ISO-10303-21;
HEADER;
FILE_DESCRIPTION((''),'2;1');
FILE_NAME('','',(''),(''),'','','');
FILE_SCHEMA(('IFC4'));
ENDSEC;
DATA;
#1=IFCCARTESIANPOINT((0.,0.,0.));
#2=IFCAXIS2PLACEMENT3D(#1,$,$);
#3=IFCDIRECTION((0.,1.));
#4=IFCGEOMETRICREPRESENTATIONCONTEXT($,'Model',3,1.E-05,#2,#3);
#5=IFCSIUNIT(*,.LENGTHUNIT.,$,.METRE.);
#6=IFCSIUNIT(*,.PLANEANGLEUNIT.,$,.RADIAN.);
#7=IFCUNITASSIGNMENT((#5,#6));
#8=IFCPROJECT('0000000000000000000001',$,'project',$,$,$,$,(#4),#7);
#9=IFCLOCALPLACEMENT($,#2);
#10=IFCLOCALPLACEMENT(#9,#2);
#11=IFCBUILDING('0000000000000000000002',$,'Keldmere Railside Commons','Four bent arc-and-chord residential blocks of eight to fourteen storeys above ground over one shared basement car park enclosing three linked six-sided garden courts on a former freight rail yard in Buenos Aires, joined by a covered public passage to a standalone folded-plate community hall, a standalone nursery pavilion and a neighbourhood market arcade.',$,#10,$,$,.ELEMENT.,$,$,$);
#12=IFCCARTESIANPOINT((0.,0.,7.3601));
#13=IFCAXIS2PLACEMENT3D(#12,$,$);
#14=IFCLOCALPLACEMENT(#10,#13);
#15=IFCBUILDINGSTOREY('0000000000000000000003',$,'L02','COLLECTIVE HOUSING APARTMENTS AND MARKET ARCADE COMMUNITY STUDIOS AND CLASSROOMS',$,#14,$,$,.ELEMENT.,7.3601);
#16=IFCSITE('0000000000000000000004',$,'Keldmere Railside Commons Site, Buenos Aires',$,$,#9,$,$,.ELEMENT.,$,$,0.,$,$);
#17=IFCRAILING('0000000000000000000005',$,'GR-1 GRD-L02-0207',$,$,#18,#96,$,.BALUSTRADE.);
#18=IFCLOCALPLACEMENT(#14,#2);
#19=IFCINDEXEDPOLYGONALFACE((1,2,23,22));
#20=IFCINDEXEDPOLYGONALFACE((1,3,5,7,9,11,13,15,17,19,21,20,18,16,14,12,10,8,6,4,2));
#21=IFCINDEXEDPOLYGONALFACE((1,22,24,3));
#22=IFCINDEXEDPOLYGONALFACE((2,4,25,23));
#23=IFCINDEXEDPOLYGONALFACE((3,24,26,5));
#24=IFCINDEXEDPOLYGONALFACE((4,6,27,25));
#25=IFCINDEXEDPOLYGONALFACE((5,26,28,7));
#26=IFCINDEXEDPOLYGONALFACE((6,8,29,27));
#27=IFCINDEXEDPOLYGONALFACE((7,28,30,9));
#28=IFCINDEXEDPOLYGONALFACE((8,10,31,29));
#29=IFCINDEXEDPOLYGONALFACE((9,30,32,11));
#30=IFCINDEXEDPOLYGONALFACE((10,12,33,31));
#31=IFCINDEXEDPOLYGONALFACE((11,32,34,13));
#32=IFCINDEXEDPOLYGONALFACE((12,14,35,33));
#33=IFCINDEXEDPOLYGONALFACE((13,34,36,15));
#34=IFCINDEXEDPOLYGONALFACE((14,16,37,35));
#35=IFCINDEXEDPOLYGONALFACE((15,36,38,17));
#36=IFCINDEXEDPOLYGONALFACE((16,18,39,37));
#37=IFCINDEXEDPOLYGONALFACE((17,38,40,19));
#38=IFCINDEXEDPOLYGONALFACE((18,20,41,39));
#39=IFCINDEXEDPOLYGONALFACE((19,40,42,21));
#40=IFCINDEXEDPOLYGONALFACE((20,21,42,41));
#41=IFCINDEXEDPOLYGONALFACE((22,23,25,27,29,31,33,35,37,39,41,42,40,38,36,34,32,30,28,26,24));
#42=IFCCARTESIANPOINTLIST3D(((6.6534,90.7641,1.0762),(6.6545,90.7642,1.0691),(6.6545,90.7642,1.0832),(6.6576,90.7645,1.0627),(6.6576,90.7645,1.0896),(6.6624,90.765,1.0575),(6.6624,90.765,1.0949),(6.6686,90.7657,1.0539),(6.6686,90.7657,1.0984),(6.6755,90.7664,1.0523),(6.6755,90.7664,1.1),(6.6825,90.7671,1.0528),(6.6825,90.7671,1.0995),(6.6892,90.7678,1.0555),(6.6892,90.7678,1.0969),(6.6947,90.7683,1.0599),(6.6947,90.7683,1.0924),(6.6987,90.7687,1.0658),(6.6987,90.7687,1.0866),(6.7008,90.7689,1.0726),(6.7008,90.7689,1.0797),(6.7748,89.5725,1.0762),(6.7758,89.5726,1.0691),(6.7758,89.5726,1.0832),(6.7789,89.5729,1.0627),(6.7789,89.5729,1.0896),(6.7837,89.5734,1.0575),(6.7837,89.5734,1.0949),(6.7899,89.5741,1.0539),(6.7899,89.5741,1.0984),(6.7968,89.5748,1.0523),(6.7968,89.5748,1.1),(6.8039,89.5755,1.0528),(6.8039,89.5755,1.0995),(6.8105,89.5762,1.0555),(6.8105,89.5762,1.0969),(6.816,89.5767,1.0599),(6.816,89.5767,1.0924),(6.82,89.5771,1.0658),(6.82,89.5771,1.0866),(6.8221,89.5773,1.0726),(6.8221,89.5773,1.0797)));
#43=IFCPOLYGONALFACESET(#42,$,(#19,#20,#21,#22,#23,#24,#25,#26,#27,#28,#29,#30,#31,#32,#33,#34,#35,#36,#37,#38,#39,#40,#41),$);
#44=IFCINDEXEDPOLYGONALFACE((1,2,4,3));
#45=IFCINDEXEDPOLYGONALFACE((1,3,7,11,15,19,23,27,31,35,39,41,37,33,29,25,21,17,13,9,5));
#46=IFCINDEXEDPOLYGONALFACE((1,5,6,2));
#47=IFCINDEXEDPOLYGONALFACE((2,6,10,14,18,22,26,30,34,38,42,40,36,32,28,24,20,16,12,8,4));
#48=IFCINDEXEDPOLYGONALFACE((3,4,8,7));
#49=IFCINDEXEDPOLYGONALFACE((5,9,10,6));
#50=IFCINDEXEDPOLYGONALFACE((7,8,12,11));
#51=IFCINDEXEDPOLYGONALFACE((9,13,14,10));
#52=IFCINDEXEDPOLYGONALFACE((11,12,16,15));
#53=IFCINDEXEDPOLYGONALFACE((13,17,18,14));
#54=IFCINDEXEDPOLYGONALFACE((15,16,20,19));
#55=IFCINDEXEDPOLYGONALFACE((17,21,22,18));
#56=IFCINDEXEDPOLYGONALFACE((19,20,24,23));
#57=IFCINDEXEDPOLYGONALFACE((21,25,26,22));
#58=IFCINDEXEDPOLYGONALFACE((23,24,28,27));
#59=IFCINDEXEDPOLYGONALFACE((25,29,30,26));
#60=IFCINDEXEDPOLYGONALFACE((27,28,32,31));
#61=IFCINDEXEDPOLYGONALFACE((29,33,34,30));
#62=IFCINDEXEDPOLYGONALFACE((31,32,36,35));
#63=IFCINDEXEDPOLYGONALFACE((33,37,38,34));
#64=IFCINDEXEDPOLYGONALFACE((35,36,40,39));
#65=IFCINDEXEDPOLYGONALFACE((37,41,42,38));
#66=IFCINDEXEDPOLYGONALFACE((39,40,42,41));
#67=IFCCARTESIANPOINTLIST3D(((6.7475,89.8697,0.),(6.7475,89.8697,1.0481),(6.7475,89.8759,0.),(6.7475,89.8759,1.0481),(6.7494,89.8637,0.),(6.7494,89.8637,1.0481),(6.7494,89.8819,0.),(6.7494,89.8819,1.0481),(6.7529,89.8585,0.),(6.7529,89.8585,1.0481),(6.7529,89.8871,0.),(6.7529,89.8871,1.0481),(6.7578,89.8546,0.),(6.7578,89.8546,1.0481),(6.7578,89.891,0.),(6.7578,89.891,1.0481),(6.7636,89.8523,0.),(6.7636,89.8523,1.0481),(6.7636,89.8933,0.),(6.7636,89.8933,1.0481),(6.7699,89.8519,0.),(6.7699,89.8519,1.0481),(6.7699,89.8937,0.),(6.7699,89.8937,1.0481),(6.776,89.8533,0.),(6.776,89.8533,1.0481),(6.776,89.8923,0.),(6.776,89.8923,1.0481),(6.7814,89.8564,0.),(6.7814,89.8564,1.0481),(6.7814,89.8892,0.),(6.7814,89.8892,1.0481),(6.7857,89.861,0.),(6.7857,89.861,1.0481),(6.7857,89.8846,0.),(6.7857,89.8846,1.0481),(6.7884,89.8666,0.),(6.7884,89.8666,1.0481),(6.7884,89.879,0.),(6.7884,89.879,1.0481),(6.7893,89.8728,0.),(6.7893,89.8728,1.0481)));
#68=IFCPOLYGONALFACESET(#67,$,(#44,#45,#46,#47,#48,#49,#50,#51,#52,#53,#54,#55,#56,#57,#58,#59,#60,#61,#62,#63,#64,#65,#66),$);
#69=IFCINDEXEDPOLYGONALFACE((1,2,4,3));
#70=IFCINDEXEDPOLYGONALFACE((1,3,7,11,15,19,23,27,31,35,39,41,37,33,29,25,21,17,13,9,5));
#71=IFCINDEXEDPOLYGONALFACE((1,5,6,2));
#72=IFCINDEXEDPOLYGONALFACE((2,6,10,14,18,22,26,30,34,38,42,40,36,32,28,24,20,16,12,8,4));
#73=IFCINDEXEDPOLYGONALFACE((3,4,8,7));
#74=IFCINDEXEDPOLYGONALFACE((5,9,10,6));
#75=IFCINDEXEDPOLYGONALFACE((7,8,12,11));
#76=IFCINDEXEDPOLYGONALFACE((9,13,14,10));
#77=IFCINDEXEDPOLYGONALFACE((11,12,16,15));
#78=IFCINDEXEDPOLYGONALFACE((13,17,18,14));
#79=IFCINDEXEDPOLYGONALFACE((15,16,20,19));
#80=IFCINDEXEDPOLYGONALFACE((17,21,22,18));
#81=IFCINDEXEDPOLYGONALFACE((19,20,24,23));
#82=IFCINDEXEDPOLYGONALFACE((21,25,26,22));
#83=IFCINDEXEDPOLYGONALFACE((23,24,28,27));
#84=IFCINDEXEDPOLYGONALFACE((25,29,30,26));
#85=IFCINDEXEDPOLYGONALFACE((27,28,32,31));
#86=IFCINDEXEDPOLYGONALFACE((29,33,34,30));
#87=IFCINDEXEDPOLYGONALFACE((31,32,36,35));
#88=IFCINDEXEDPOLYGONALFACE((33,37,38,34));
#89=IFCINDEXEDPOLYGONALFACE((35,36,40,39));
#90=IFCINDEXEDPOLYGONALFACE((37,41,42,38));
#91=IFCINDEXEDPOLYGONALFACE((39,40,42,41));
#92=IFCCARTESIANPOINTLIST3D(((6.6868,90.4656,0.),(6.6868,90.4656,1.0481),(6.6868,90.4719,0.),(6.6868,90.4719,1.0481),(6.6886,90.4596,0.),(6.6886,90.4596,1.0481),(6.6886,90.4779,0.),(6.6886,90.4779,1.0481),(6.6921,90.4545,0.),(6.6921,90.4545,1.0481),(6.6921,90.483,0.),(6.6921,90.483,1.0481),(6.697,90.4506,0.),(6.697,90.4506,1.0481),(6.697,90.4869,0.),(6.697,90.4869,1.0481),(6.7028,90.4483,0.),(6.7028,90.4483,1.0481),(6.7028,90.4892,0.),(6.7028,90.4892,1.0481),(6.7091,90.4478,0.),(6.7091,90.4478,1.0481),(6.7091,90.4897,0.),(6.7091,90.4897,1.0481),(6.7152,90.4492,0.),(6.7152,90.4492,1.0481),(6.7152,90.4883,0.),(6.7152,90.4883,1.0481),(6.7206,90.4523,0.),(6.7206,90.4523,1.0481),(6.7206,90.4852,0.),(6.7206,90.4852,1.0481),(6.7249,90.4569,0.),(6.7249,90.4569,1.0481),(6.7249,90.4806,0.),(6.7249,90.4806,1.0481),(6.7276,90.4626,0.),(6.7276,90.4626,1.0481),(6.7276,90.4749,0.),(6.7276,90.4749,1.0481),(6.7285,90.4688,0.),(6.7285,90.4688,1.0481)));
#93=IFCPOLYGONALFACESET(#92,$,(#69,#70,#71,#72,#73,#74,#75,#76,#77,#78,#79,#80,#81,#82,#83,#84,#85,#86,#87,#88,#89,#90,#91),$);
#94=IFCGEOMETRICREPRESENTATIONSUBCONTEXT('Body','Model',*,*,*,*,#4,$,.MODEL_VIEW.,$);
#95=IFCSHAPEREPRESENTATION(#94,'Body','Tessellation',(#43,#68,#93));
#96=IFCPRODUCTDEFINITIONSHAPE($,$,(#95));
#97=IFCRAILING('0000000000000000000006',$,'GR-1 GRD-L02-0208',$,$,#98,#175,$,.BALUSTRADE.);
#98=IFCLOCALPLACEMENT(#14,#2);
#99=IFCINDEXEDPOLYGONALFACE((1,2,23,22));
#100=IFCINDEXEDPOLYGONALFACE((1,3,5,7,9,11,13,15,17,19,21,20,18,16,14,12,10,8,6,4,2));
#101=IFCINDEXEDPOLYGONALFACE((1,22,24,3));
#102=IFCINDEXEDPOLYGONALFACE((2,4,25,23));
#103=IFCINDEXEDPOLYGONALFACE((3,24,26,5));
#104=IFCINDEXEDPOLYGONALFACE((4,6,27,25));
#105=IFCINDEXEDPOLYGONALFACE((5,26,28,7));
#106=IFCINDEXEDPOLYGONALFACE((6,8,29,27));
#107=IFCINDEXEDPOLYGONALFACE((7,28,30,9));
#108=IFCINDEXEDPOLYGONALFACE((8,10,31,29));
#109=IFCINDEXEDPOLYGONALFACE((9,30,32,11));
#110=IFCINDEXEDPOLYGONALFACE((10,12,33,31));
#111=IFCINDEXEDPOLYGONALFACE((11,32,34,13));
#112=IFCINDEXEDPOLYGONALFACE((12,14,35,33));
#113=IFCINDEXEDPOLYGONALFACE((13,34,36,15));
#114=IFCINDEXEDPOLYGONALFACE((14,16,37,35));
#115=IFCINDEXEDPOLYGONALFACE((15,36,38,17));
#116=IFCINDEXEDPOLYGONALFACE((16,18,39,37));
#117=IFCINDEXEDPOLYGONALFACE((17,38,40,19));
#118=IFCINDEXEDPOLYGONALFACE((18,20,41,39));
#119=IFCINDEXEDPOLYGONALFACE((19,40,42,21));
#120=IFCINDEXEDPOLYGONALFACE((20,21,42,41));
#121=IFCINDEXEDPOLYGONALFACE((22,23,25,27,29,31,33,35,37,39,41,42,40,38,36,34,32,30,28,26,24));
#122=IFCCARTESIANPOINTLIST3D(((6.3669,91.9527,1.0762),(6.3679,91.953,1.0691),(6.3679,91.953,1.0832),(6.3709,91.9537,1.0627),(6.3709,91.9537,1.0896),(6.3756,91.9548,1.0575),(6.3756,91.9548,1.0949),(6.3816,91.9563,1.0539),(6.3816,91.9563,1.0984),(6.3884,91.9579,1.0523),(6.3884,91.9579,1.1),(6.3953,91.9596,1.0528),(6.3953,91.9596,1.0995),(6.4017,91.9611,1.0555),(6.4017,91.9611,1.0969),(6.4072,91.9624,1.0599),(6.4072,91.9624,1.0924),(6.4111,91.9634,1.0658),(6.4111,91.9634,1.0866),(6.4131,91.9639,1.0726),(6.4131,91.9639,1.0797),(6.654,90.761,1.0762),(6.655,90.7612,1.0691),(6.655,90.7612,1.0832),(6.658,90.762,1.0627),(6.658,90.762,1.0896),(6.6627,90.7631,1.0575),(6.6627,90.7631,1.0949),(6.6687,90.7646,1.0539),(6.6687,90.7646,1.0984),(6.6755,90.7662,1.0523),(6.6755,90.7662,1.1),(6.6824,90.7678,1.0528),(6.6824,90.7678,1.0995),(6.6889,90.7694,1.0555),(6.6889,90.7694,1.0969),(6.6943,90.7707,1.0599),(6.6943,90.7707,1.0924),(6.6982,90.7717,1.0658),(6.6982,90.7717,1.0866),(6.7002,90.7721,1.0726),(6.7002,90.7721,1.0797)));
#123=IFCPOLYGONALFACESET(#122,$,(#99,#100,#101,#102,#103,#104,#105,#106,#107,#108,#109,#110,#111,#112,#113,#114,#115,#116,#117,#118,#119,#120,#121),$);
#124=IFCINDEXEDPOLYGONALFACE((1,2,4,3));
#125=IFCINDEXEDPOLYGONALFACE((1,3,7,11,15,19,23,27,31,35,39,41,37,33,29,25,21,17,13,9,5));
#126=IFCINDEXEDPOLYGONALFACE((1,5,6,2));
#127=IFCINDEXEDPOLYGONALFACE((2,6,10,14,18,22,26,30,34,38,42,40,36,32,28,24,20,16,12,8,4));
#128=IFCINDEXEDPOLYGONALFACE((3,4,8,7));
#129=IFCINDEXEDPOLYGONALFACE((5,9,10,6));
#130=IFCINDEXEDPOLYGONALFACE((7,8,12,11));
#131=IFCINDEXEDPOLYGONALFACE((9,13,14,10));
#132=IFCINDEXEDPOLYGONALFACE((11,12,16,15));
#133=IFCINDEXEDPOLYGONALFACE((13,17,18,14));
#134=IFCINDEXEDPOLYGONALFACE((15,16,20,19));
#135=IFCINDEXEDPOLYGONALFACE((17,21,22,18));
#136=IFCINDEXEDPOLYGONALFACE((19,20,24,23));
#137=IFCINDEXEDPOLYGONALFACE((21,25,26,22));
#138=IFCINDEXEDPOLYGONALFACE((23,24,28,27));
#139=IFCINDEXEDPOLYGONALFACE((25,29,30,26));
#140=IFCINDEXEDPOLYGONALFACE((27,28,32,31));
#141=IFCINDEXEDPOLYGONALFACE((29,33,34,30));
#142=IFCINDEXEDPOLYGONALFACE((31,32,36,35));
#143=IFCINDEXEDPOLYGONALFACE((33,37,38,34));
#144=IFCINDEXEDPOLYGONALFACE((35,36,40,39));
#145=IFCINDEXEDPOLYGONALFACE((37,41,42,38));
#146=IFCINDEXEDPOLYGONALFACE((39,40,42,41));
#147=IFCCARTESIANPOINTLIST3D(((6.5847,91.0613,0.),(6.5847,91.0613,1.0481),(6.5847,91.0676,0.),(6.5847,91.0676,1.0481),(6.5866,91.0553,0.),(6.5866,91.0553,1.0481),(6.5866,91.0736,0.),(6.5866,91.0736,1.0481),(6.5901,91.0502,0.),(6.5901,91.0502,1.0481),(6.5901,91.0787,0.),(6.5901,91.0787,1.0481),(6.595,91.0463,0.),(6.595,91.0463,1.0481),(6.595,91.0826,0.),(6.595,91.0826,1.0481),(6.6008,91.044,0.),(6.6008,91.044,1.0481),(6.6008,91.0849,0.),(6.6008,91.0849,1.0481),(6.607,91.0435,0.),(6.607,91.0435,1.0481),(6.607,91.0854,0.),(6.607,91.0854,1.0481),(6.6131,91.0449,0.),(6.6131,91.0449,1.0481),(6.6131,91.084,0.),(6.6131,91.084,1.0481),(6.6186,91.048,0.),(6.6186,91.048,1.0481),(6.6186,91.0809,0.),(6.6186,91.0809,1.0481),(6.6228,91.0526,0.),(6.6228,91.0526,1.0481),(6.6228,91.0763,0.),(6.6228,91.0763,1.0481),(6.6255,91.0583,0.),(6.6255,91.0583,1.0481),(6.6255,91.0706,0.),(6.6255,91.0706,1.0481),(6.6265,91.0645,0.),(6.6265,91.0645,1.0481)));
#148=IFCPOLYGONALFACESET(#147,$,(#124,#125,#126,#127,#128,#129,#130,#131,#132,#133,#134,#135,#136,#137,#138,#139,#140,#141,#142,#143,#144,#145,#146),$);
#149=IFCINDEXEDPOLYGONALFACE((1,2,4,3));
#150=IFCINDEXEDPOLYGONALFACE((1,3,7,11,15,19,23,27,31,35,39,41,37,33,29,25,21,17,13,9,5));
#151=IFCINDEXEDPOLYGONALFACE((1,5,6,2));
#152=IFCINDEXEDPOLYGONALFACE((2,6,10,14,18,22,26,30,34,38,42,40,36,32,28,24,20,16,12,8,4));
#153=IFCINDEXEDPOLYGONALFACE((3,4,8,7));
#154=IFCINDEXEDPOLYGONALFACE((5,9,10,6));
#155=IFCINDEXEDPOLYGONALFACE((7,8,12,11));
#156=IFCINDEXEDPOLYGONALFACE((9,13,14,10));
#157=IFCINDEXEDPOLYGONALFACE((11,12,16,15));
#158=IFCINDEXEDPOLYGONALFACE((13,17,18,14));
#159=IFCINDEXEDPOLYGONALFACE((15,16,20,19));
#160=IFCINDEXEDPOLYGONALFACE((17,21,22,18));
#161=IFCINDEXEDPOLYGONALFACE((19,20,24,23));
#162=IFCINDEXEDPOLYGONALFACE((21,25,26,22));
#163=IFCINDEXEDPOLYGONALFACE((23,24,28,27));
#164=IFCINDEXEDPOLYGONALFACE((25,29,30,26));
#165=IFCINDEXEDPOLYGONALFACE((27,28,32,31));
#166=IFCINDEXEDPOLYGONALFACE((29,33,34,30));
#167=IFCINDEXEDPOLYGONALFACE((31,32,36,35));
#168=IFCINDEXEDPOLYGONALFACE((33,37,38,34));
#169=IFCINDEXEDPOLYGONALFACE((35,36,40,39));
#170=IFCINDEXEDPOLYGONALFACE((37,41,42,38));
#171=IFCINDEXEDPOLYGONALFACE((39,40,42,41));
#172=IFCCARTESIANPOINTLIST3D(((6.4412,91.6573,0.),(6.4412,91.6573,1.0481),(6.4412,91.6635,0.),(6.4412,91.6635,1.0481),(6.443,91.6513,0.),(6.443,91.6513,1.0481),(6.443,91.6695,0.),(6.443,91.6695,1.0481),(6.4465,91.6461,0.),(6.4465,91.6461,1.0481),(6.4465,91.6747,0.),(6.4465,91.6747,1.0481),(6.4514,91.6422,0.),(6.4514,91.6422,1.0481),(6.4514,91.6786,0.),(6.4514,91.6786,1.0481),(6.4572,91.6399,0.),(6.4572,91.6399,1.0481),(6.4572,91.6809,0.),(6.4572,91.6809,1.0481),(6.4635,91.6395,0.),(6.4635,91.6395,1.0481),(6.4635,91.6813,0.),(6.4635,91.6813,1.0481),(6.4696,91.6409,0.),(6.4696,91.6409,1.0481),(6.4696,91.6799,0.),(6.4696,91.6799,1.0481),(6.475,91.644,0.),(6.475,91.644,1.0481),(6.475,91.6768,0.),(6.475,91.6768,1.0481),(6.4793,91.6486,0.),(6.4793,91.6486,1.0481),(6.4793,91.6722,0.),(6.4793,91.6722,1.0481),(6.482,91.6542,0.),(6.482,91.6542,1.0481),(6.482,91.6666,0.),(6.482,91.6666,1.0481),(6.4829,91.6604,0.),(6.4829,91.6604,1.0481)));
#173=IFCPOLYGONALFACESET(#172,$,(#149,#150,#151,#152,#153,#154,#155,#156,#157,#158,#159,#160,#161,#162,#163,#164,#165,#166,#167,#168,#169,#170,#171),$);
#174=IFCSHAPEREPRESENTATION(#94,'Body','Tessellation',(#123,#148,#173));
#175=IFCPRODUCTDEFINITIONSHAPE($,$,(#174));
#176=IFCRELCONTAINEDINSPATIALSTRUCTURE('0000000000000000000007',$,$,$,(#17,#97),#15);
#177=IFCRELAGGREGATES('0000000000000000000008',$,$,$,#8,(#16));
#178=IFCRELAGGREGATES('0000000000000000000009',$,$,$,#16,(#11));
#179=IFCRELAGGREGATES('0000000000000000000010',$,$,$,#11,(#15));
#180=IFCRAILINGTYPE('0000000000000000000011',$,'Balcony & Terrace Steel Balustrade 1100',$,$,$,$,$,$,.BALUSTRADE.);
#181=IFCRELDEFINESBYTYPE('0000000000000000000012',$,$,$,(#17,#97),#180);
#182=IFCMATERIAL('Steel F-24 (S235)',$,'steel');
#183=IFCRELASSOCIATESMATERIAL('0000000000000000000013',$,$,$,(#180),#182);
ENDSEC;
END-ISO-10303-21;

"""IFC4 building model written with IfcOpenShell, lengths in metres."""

from ifc_helpers import new_model, si_unit, direction, frame, origin, origin_2d, place, context, subcontext, project, spatial, circle, extrude, material, type_object, element, save


model = new_model("IFC4")

# Units and contexts
model_context = context("Model", 3, precision=1e-05, world=origin(), true_north=direction((0.0, 1.0)))
body_context = subcontext(model_context, "Body", "Model", "MODEL_VIEW")
ifc_project = project(units=[si_unit("LENGTHUNIT", "METRE"), si_unit("PLANEANGLEUNIT", "RADIAN")], contexts=[model_context])

# Site, building, storey
site_placement = place(None, origin())
site = spatial("IfcSite", under=ifc_project, at=site_placement, Name="Keldmere Railside Commons Site, Buenos Aires", CompositionType="ELEMENT", RefElevation=0.0)
building_placement = place(site_placement, origin())
building = spatial("IfcBuilding", under=site, at=building_placement, Name="Keldmere Railside Commons", Description="Four bent arc-and-chord residential blocks of eight to fourteen storeys above ground over one shared basement car park enclosing three linked six-sided garden courts on a former freight rail yard in Buenos Aires, joined by a covered public passage to a standalone folded-plate community hall, a standalone nursery pavilion and a neighbourhood market arcade.", CompositionType="ELEMENT")
storey_placement = place(building_placement, frame((0.0, 0.0, 7.3601)))
storey = spatial("IfcBuildingStorey", under=building, at=storey_placement, Name="L02", Description="COLLECTIVE HOUSING APARTMENTS AND MARKET ARCADE COMMUNITY STUDIOS AND CLASSROOMS", CompositionType="ELEMENT", Elevation=7.3601)

# Railings
ifc_material_1 = material(Name="Steel F-24 (S235)", Category="steel")
railing_type = type_object("IfcRailingType", Name="Balcony & Terrace Steel Balustrade 1100", PredefinedType="BALUSTRADE", material=ifc_material_1)
railing_1_placement = place(storey_placement, frame((6.7986, 89.575, 0.0)))
element("IfcRailing", 1, at=railing_1_placement, inside=storey, type_object=railing_type, Name="GR-1 GRD-L02-0207", PredefinedType="BALUSTRADE", context=body_context, shape_type="SweptSolid", body=[
    extrude(circle(Radius=0.0239, at=origin_2d()), frame((0.0, 0.0, 1.0762), z_axis=(-0.1013, 0.994856, 0.0), x_axis=(-0.994856, -0.1013, 0.0)), (0.0, 0.0, 1.0), 1.1978),
    extrude(circle(Radius=0.021, at=origin_2d()), frame((-0.0303, 0.2979, 0.0)), (0.0, 0.0, 1.0), 1.0481),
    extrude(circle(Radius=0.021, at=origin_2d()), frame((-0.0911, 0.8938, 0.0)), (0.0, 0.0, 1.0), 1.0481),
])
railing_2_placement = place(storey_placement, frame((6.6772, 90.7666, 0.0)))
element("IfcRailing", 2, at=railing_2_placement, inside=storey, type_object=railing_type, Name="GR-1 GRD-L02-0208", PredefinedType="BALUSTRADE", context=body_context, shape_type="SweptSolid", body=[
    extrude(circle(Radius=0.0239, at=origin_2d()), frame((0.0, 0.0, 1.0762), z_axis=(-0.234232, 0.972181, 0.0), x_axis=(-0.972181, -0.234232, 0.0)), (0.0, 0.0, 1.0), 1.2258),
    extrude(circle(Radius=0.021, at=origin_2d()), frame((-0.0718, 0.2979, 0.0)), (0.0, 0.0, 1.0), 1.0481),
    extrude(circle(Radius=0.021, at=origin_2d()), frame((-0.2153, 0.8938, 0.0)), (0.0, 0.0, 1.0), 1.0481),
])

save(model, "model.ifc")
